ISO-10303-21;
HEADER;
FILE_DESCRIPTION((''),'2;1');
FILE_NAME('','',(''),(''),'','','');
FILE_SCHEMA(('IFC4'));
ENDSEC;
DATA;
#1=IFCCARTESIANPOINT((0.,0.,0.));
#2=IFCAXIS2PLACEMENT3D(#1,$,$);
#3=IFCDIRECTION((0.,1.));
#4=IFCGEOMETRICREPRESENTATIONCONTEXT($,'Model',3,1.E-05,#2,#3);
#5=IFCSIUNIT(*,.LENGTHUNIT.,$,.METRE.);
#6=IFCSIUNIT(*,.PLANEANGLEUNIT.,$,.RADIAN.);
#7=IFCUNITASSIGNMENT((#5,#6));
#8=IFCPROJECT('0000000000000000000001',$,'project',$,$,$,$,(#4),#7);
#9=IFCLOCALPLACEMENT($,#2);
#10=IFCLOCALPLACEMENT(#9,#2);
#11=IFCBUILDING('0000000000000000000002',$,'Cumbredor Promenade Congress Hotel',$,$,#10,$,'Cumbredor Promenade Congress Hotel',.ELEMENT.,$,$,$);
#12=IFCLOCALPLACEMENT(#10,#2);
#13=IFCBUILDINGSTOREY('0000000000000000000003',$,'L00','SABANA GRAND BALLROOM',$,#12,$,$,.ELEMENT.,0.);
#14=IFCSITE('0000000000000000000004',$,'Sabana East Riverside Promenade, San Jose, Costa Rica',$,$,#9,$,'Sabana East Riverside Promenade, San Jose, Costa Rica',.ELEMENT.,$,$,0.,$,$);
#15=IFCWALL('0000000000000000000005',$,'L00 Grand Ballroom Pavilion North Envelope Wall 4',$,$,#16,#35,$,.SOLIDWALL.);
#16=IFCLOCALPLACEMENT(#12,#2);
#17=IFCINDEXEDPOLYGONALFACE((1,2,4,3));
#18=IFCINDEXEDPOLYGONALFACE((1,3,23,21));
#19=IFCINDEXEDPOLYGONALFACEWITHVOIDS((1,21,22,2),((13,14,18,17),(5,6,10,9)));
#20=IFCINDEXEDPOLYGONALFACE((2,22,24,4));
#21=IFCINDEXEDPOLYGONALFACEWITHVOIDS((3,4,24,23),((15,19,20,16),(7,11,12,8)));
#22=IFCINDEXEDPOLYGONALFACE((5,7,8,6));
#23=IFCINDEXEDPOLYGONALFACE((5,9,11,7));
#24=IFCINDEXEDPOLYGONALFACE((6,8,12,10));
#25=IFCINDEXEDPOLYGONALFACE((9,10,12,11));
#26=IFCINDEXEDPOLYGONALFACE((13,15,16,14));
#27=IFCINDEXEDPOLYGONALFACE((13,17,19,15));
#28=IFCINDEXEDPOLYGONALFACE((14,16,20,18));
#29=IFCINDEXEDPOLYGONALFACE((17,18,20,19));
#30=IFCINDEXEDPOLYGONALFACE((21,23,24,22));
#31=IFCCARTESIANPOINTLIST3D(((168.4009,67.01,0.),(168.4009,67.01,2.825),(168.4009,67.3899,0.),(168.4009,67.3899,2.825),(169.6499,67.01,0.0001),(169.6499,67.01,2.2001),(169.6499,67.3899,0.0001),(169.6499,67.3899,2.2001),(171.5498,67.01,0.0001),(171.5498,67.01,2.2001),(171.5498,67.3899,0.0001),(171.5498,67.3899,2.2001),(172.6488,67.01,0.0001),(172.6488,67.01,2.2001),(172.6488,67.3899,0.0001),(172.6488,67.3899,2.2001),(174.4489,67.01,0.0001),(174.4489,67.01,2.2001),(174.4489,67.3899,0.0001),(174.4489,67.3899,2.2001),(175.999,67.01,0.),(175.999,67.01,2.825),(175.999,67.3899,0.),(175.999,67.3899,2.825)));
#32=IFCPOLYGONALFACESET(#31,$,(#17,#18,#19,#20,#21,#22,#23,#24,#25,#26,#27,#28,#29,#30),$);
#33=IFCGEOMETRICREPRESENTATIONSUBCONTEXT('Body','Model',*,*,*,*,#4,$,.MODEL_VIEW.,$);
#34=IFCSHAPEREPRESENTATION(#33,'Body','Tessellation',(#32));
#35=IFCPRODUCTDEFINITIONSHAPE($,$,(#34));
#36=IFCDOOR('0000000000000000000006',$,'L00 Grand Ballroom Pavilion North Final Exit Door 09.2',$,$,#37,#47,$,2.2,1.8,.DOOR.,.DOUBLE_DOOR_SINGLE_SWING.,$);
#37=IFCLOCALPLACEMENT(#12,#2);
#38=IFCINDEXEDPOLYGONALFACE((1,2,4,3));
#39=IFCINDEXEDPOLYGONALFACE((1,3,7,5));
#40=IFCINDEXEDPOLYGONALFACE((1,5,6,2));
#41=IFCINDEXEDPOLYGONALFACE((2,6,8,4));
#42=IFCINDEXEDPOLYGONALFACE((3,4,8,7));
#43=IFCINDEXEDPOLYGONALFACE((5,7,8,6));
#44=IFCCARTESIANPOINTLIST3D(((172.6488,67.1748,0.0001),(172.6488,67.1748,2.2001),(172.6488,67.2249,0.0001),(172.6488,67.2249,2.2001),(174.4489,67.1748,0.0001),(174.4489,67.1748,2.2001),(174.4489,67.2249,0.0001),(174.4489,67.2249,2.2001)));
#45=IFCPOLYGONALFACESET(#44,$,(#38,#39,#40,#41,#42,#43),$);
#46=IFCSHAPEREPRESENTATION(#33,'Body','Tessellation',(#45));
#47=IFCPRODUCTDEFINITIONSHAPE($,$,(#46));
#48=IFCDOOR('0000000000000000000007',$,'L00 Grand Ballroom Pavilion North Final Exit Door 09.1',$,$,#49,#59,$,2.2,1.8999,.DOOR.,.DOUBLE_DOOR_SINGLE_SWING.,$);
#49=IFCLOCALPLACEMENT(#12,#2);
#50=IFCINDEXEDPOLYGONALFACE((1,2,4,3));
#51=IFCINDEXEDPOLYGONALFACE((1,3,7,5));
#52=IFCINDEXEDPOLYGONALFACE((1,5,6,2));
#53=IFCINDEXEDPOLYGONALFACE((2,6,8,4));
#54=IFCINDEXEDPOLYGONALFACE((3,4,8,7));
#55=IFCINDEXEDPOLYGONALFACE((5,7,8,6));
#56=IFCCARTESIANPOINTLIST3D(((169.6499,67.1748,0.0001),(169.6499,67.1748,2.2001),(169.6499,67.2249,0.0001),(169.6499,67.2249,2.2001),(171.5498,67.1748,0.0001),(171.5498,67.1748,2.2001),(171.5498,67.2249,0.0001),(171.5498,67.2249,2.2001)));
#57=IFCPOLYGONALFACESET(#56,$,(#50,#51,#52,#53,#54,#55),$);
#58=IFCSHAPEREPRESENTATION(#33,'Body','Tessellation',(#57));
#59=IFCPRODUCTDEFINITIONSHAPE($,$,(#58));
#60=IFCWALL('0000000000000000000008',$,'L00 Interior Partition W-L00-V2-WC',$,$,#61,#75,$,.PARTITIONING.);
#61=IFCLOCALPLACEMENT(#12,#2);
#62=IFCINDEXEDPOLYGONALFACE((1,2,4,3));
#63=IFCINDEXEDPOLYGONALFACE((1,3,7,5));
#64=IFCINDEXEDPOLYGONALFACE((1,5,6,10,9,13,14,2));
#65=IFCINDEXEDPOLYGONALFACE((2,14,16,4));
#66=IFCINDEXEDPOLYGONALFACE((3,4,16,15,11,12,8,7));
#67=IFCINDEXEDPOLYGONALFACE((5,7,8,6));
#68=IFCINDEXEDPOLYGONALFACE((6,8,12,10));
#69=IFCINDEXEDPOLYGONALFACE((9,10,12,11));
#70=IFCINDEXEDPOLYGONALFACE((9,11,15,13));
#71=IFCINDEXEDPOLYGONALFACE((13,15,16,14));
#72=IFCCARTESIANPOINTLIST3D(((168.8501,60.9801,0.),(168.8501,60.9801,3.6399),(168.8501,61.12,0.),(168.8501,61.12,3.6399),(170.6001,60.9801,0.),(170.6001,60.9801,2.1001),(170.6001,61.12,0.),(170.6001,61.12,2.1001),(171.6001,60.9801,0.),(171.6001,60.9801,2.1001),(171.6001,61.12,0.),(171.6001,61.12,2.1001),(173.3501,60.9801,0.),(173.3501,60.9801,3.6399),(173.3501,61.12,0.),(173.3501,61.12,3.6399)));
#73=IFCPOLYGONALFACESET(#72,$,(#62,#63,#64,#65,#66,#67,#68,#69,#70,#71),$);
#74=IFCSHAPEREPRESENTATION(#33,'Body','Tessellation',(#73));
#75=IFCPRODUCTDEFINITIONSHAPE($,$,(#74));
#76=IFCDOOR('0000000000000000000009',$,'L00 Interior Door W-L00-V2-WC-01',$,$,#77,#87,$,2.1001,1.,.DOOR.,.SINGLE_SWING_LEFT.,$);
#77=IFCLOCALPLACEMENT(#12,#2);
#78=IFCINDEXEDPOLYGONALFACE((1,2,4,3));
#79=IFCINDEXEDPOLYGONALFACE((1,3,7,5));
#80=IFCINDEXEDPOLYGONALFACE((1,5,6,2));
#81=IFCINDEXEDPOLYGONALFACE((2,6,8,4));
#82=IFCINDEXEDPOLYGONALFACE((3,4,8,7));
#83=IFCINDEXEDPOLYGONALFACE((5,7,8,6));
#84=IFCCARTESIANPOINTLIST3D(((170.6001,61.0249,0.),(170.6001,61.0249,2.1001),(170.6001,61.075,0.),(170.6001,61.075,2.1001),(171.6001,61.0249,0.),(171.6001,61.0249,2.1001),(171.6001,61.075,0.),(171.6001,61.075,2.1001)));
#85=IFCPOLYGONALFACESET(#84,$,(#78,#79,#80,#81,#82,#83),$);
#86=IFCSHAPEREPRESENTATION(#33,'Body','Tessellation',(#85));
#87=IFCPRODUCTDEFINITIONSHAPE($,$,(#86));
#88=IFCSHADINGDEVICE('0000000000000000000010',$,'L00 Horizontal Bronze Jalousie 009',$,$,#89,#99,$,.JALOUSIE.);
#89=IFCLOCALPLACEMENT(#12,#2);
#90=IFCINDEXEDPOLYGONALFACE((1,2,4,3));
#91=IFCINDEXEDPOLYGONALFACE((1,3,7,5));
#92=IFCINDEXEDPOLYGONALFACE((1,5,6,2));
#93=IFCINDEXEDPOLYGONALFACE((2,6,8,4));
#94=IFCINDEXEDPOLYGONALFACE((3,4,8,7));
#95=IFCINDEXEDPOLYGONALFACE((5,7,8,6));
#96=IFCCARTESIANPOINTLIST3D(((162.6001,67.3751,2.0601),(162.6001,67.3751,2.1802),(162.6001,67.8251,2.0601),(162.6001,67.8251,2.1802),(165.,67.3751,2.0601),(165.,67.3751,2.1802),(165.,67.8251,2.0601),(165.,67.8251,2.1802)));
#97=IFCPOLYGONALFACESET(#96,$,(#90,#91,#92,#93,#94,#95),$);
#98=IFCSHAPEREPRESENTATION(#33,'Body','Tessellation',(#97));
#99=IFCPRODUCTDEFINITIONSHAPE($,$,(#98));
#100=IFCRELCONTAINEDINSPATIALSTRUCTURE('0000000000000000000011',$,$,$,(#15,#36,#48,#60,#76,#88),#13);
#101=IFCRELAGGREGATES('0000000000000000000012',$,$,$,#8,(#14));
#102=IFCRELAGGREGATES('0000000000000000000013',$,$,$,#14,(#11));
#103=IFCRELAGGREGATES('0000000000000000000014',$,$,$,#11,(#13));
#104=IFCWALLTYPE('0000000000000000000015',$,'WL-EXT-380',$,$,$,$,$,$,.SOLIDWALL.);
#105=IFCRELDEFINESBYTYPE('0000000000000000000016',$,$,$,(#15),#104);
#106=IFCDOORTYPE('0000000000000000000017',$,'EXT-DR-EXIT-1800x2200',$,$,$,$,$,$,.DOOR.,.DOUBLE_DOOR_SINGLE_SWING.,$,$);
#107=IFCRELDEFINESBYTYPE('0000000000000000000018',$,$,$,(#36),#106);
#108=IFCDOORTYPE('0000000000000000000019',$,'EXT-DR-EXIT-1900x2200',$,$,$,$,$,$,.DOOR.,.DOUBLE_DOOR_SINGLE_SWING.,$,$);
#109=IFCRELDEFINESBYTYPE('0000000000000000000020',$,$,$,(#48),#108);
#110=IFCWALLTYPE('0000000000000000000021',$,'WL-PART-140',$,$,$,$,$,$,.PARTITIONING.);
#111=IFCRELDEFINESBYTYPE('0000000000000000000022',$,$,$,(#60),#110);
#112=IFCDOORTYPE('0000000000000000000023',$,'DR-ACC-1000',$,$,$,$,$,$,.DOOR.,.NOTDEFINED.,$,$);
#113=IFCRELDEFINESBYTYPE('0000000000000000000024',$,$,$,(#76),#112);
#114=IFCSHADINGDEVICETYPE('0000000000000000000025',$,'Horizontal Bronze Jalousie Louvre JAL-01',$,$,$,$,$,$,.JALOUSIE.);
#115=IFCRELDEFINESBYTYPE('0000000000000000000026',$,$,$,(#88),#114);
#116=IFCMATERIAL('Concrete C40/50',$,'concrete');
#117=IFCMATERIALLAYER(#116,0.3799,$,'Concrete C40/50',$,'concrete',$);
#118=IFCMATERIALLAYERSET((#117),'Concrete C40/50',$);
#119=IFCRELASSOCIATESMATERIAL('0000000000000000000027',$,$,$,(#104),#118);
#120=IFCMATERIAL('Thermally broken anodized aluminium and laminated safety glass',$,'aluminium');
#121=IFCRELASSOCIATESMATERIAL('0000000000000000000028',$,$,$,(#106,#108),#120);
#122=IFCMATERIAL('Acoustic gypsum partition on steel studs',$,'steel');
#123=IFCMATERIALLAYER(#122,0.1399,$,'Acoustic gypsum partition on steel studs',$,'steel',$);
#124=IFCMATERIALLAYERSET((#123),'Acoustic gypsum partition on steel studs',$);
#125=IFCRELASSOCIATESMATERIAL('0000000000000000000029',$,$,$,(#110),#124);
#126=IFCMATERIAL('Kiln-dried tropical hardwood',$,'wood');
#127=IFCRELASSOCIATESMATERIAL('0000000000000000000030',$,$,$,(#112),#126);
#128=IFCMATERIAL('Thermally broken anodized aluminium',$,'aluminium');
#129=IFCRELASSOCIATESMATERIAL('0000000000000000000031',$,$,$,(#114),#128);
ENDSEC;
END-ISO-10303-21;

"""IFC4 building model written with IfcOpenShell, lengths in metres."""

from ifc_helpers import new_model, si_unit, direction, frame, frame_2d, origin, origin_2d, place, context, subcontext, project, spatial, rectangle, extrude, material, layer, layer_set, type_object, element, fill, save


model = new_model("IFC4")

# Units and contexts
model_context = context("Model", 3, precision=1e-05, world=origin(), true_north=direction((0.0, 1.0)))
body_context = subcontext(model_context, "Body", "Model", "MODEL_VIEW")
ifc_project = project(units=[si_unit("LENGTHUNIT", "METRE"), si_unit("PLANEANGLEUNIT", "RADIAN")], contexts=[model_context])

# Site, building, storey
site_placement = place(None, origin())
site = spatial("IfcSite", under=ifc_project, at=site_placement, Name="Sabana East Riverside Promenade, San Jose, Costa Rica", LongName="Sabana East Riverside Promenade, San Jose, Costa Rica", CompositionType="ELEMENT", RefElevation=0.0)
building_placement = place(site_placement, origin())
building = spatial("IfcBuilding", under=site, at=building_placement, Name="Cumbredor Promenade Congress Hotel", LongName="Cumbredor Promenade Congress Hotel", CompositionType="ELEMENT")
storey_placement = place(building_placement, origin())
storey = spatial("IfcBuildingStorey", under=building, at=storey_placement, Name="L00", Description="SABANA GRAND BALLROOM", CompositionType="ELEMENT", Elevation=0.0)

# Shared definitions
ifc_material_1 = material(Name="Concrete C40/50", Category="concrete")

# Shared definitions
ifc_material_2 = material(Name="Thermally broken anodized aluminium", Category="aluminium")

# Wall, openings, doors
ifc_layer_1 = layer(ifc_material_1, 0.3799, Name="Concrete C40/50", Category="concrete")
ifc_layer_set_1 = layer_set([ifc_layer_1], Name="Concrete C40/50")
wall_type_1 = type_object("IfcWallType", Name="WL-EXT-380", PredefinedType="SOLIDWALL", material=ifc_layer_set_1)
wall_1_placement = place(storey_placement, frame((168.4009, 67.2, 0.0), z_axis=(0.0, 0.0, 1.0), x_axis=(1.0, 0.0, 0.0)))
wall_1 = element("IfcWall", 1, at=wall_1_placement, inside=storey, type_object=wall_type_1, Name="L00 Grand Ballroom Pavilion North Envelope Wall 4", PredefinedType="SOLIDWALL", context=body_context, shape_type="SweptSolid", body=[
    extrude(rectangle(XDim=7.5981, YDim=0.3799, at=frame_2d((3.7991, 0.0))), origin(), (0.0, 0.0, 1.0), 2.825),
])
opening_1_placement = place(wall_1_placement, frame((1.249, 0.0, 0.0)))
opening_1 = element("IfcOpeningElement", 2, at=opening_1_placement, cuts=wall_1, PredefinedType="OPENING", context=body_context, shape_type="SweptSolid", body=[
    extrude(rectangle(XDim=1.8999, YDim=2.2, at=frame_2d((0.95, 1.1001))), frame((0.0, 0.2, 0.0), z_axis=(0.0, -1.0, 0.0), x_axis=(1.0, 0.0, 0.0)), (0.0, 0.0, 1.0), 0.3999),
])
opening_2_placement = place(wall_1_placement, frame((4.248, 0.0, 0.0)))
opening_2 = element("IfcOpeningElement", 3, at=opening_2_placement, cuts=wall_1, PredefinedType="OPENING", context=body_context, shape_type="SweptSolid", body=[
    extrude(rectangle(XDim=1.8, YDim=2.2, at=frame_2d((0.8999, 1.1001))), frame((0.0, 0.2, 0.0), z_axis=(0.0, -1.0, 0.0), x_axis=(1.0, 0.0, 0.0)), (0.0, 0.0, 1.0), 0.3999),
])
ifc_material_3 = material(Name="Thermally broken anodized aluminium and laminated safety glass", Category="aluminium")
door_type_1 = type_object("IfcDoorType", Name="EXT-DR-EXIT-1800x2200", OperationType="DOUBLE_DOOR_SINGLE_SWING", PredefinedType="DOOR", material=ifc_material_3)
door_1_placement = place(opening_2_placement, origin())
door_1 = element("IfcDoor", 4, at=door_1_placement, inside=storey, type_object=door_type_1, Name="L00 Grand Ballroom Pavilion North Final Exit Door 09.2", OperationType="DOUBLE_DOOR_SINGLE_SWING", OverallHeight=2.2, OverallWidth=1.8, PredefinedType="DOOR", context=body_context, shape_type="SweptSolid", body=[
    extrude(rectangle(XDim=1.8, YDim=2.2, at=frame_2d((0.8999, 1.1001))), frame((0.0, 0.0249, 0.0), z_axis=(0.0, -1.0, 0.0), x_axis=(1.0, 0.0, 0.0)), (0.0, 0.0, 1.0), 0.05),
])
fill(opening_2, door_1)
door_type_2 = type_object("IfcDoorType", Name="EXT-DR-EXIT-1900x2200", OperationType="DOUBLE_DOOR_SINGLE_SWING", PredefinedType="DOOR", material=ifc_material_3)
door_2_placement = place(opening_1_placement, origin())
door_2 = element("IfcDoor", 5, at=door_2_placement, inside=storey, type_object=door_type_2, Name="L00 Grand Ballroom Pavilion North Final Exit Door 09.1", OperationType="DOUBLE_DOOR_SINGLE_SWING", OverallHeight=2.2, OverallWidth=1.8999, PredefinedType="DOOR", context=body_context, shape_type="SweptSolid", body=[
    extrude(rectangle(XDim=1.8999, YDim=2.2, at=frame_2d((0.95, 1.1001))), frame((0.0, 0.0249, 0.0), z_axis=(0.0, -1.0, 0.0), x_axis=(1.0, 0.0, 0.0)), (0.0, 0.0, 1.0), 0.05),
])
fill(opening_1, door_2)

# Wall, opening, door
ifc_material_4 = material(Name="Acoustic gypsum partition on steel studs", Category="steel")
ifc_layer_2 = layer(ifc_material_4, 0.1399, Name="Acoustic gypsum partition on steel studs", Category="steel")
ifc_layer_set_2 = layer_set([ifc_layer_2], Name="Acoustic gypsum partition on steel studs")
wall_type_2 = type_object("IfcWallType", Name="WL-PART-140", PredefinedType="PARTITIONING", material=ifc_layer_set_2)
wall_2_placement = place(storey_placement, frame((168.8501, 61.05, 0.0), z_axis=(0.0, 0.0, 1.0), x_axis=(1.0, 0.0, 0.0)))
wall_2 = element("IfcWall", 6, at=wall_2_placement, inside=storey, type_object=wall_type_2, Name="L00 Interior Partition W-L00-V2-WC", PredefinedType="PARTITIONING", context=body_context, shape_type="SweptSolid", body=[
    extrude(rectangle(XDim=4.5, YDim=0.1399, at=frame_2d((2.25, 0.0))), origin(), (0.0, 0.0, 1.0), 3.6399),
])
opening_3_placement = place(wall_2_placement, frame((1.75, 0.0, 0.0)))
opening_3 = element("IfcOpeningElement", 7, at=opening_3_placement, cuts=wall_2, PredefinedType="OPENING", context=body_context, shape_type="SweptSolid", body=[
    extrude(rectangle(XDim=1.0, YDim=2.1001, at=frame_2d((0.5, 1.05))), frame((0.0, 0.0801, 0.0), z_axis=(0.0, -1.0, 0.0), x_axis=(1.0, 0.0, 0.0)), (0.0, 0.0, 1.0), 0.1599),
])
ifc_material_5 = material(Name="Kiln-dried tropical hardwood", Category="wood")
door_type_3 = type_object("IfcDoorType", Name="DR-ACC-1000", OperationType="NOTDEFINED", PredefinedType="DOOR", material=ifc_material_5)
door_3_placement = place(opening_3_placement, origin())
door_3 = element("IfcDoor", 8, at=door_3_placement, inside=storey, type_object=door_type_3, Name="L00 Interior Door W-L00-V2-WC-01", OperationType="SINGLE_SWING_LEFT", OverallHeight=2.1001, OverallWidth=1.0, PredefinedType="DOOR", context=body_context, shape_type="SweptSolid", body=[
    extrude(rectangle(XDim=1.0, YDim=2.1001, at=frame_2d((0.5, 1.05))), frame((0.0, 0.0249, 0.0), z_axis=(0.0, -1.0, 0.0), x_axis=(1.0, 0.0, 0.0)), (0.0, 0.0, 1.0), 0.05),
])
fill(opening_3, door_3)

# Shading device
shading_device_type = type_object("IfcShadingDeviceType", Name="Horizontal Bronze Jalousie Louvre JAL-01", PredefinedType="JALOUSIE", material=ifc_material_2)
shading_device_placement = place(storey_placement, frame((163.8, 67.6001, 2.0601), z_axis=(0.0, 0.0, 1.0), x_axis=(1.0, 0.0, 0.0)))
element("IfcShadingDevice", 9, at=shading_device_placement, inside=storey, type_object=shading_device_type, Name="L00 Horizontal Bronze Jalousie 009", PredefinedType="JALOUSIE", context=body_context, shape_type="SweptSolid", body=[
    extrude(rectangle(XDim=2.3999, YDim=0.45, at=origin_2d()), origin(), (0.0, 0.0, 1.0), 0.1201),
])

save(model, "model.ifc")
